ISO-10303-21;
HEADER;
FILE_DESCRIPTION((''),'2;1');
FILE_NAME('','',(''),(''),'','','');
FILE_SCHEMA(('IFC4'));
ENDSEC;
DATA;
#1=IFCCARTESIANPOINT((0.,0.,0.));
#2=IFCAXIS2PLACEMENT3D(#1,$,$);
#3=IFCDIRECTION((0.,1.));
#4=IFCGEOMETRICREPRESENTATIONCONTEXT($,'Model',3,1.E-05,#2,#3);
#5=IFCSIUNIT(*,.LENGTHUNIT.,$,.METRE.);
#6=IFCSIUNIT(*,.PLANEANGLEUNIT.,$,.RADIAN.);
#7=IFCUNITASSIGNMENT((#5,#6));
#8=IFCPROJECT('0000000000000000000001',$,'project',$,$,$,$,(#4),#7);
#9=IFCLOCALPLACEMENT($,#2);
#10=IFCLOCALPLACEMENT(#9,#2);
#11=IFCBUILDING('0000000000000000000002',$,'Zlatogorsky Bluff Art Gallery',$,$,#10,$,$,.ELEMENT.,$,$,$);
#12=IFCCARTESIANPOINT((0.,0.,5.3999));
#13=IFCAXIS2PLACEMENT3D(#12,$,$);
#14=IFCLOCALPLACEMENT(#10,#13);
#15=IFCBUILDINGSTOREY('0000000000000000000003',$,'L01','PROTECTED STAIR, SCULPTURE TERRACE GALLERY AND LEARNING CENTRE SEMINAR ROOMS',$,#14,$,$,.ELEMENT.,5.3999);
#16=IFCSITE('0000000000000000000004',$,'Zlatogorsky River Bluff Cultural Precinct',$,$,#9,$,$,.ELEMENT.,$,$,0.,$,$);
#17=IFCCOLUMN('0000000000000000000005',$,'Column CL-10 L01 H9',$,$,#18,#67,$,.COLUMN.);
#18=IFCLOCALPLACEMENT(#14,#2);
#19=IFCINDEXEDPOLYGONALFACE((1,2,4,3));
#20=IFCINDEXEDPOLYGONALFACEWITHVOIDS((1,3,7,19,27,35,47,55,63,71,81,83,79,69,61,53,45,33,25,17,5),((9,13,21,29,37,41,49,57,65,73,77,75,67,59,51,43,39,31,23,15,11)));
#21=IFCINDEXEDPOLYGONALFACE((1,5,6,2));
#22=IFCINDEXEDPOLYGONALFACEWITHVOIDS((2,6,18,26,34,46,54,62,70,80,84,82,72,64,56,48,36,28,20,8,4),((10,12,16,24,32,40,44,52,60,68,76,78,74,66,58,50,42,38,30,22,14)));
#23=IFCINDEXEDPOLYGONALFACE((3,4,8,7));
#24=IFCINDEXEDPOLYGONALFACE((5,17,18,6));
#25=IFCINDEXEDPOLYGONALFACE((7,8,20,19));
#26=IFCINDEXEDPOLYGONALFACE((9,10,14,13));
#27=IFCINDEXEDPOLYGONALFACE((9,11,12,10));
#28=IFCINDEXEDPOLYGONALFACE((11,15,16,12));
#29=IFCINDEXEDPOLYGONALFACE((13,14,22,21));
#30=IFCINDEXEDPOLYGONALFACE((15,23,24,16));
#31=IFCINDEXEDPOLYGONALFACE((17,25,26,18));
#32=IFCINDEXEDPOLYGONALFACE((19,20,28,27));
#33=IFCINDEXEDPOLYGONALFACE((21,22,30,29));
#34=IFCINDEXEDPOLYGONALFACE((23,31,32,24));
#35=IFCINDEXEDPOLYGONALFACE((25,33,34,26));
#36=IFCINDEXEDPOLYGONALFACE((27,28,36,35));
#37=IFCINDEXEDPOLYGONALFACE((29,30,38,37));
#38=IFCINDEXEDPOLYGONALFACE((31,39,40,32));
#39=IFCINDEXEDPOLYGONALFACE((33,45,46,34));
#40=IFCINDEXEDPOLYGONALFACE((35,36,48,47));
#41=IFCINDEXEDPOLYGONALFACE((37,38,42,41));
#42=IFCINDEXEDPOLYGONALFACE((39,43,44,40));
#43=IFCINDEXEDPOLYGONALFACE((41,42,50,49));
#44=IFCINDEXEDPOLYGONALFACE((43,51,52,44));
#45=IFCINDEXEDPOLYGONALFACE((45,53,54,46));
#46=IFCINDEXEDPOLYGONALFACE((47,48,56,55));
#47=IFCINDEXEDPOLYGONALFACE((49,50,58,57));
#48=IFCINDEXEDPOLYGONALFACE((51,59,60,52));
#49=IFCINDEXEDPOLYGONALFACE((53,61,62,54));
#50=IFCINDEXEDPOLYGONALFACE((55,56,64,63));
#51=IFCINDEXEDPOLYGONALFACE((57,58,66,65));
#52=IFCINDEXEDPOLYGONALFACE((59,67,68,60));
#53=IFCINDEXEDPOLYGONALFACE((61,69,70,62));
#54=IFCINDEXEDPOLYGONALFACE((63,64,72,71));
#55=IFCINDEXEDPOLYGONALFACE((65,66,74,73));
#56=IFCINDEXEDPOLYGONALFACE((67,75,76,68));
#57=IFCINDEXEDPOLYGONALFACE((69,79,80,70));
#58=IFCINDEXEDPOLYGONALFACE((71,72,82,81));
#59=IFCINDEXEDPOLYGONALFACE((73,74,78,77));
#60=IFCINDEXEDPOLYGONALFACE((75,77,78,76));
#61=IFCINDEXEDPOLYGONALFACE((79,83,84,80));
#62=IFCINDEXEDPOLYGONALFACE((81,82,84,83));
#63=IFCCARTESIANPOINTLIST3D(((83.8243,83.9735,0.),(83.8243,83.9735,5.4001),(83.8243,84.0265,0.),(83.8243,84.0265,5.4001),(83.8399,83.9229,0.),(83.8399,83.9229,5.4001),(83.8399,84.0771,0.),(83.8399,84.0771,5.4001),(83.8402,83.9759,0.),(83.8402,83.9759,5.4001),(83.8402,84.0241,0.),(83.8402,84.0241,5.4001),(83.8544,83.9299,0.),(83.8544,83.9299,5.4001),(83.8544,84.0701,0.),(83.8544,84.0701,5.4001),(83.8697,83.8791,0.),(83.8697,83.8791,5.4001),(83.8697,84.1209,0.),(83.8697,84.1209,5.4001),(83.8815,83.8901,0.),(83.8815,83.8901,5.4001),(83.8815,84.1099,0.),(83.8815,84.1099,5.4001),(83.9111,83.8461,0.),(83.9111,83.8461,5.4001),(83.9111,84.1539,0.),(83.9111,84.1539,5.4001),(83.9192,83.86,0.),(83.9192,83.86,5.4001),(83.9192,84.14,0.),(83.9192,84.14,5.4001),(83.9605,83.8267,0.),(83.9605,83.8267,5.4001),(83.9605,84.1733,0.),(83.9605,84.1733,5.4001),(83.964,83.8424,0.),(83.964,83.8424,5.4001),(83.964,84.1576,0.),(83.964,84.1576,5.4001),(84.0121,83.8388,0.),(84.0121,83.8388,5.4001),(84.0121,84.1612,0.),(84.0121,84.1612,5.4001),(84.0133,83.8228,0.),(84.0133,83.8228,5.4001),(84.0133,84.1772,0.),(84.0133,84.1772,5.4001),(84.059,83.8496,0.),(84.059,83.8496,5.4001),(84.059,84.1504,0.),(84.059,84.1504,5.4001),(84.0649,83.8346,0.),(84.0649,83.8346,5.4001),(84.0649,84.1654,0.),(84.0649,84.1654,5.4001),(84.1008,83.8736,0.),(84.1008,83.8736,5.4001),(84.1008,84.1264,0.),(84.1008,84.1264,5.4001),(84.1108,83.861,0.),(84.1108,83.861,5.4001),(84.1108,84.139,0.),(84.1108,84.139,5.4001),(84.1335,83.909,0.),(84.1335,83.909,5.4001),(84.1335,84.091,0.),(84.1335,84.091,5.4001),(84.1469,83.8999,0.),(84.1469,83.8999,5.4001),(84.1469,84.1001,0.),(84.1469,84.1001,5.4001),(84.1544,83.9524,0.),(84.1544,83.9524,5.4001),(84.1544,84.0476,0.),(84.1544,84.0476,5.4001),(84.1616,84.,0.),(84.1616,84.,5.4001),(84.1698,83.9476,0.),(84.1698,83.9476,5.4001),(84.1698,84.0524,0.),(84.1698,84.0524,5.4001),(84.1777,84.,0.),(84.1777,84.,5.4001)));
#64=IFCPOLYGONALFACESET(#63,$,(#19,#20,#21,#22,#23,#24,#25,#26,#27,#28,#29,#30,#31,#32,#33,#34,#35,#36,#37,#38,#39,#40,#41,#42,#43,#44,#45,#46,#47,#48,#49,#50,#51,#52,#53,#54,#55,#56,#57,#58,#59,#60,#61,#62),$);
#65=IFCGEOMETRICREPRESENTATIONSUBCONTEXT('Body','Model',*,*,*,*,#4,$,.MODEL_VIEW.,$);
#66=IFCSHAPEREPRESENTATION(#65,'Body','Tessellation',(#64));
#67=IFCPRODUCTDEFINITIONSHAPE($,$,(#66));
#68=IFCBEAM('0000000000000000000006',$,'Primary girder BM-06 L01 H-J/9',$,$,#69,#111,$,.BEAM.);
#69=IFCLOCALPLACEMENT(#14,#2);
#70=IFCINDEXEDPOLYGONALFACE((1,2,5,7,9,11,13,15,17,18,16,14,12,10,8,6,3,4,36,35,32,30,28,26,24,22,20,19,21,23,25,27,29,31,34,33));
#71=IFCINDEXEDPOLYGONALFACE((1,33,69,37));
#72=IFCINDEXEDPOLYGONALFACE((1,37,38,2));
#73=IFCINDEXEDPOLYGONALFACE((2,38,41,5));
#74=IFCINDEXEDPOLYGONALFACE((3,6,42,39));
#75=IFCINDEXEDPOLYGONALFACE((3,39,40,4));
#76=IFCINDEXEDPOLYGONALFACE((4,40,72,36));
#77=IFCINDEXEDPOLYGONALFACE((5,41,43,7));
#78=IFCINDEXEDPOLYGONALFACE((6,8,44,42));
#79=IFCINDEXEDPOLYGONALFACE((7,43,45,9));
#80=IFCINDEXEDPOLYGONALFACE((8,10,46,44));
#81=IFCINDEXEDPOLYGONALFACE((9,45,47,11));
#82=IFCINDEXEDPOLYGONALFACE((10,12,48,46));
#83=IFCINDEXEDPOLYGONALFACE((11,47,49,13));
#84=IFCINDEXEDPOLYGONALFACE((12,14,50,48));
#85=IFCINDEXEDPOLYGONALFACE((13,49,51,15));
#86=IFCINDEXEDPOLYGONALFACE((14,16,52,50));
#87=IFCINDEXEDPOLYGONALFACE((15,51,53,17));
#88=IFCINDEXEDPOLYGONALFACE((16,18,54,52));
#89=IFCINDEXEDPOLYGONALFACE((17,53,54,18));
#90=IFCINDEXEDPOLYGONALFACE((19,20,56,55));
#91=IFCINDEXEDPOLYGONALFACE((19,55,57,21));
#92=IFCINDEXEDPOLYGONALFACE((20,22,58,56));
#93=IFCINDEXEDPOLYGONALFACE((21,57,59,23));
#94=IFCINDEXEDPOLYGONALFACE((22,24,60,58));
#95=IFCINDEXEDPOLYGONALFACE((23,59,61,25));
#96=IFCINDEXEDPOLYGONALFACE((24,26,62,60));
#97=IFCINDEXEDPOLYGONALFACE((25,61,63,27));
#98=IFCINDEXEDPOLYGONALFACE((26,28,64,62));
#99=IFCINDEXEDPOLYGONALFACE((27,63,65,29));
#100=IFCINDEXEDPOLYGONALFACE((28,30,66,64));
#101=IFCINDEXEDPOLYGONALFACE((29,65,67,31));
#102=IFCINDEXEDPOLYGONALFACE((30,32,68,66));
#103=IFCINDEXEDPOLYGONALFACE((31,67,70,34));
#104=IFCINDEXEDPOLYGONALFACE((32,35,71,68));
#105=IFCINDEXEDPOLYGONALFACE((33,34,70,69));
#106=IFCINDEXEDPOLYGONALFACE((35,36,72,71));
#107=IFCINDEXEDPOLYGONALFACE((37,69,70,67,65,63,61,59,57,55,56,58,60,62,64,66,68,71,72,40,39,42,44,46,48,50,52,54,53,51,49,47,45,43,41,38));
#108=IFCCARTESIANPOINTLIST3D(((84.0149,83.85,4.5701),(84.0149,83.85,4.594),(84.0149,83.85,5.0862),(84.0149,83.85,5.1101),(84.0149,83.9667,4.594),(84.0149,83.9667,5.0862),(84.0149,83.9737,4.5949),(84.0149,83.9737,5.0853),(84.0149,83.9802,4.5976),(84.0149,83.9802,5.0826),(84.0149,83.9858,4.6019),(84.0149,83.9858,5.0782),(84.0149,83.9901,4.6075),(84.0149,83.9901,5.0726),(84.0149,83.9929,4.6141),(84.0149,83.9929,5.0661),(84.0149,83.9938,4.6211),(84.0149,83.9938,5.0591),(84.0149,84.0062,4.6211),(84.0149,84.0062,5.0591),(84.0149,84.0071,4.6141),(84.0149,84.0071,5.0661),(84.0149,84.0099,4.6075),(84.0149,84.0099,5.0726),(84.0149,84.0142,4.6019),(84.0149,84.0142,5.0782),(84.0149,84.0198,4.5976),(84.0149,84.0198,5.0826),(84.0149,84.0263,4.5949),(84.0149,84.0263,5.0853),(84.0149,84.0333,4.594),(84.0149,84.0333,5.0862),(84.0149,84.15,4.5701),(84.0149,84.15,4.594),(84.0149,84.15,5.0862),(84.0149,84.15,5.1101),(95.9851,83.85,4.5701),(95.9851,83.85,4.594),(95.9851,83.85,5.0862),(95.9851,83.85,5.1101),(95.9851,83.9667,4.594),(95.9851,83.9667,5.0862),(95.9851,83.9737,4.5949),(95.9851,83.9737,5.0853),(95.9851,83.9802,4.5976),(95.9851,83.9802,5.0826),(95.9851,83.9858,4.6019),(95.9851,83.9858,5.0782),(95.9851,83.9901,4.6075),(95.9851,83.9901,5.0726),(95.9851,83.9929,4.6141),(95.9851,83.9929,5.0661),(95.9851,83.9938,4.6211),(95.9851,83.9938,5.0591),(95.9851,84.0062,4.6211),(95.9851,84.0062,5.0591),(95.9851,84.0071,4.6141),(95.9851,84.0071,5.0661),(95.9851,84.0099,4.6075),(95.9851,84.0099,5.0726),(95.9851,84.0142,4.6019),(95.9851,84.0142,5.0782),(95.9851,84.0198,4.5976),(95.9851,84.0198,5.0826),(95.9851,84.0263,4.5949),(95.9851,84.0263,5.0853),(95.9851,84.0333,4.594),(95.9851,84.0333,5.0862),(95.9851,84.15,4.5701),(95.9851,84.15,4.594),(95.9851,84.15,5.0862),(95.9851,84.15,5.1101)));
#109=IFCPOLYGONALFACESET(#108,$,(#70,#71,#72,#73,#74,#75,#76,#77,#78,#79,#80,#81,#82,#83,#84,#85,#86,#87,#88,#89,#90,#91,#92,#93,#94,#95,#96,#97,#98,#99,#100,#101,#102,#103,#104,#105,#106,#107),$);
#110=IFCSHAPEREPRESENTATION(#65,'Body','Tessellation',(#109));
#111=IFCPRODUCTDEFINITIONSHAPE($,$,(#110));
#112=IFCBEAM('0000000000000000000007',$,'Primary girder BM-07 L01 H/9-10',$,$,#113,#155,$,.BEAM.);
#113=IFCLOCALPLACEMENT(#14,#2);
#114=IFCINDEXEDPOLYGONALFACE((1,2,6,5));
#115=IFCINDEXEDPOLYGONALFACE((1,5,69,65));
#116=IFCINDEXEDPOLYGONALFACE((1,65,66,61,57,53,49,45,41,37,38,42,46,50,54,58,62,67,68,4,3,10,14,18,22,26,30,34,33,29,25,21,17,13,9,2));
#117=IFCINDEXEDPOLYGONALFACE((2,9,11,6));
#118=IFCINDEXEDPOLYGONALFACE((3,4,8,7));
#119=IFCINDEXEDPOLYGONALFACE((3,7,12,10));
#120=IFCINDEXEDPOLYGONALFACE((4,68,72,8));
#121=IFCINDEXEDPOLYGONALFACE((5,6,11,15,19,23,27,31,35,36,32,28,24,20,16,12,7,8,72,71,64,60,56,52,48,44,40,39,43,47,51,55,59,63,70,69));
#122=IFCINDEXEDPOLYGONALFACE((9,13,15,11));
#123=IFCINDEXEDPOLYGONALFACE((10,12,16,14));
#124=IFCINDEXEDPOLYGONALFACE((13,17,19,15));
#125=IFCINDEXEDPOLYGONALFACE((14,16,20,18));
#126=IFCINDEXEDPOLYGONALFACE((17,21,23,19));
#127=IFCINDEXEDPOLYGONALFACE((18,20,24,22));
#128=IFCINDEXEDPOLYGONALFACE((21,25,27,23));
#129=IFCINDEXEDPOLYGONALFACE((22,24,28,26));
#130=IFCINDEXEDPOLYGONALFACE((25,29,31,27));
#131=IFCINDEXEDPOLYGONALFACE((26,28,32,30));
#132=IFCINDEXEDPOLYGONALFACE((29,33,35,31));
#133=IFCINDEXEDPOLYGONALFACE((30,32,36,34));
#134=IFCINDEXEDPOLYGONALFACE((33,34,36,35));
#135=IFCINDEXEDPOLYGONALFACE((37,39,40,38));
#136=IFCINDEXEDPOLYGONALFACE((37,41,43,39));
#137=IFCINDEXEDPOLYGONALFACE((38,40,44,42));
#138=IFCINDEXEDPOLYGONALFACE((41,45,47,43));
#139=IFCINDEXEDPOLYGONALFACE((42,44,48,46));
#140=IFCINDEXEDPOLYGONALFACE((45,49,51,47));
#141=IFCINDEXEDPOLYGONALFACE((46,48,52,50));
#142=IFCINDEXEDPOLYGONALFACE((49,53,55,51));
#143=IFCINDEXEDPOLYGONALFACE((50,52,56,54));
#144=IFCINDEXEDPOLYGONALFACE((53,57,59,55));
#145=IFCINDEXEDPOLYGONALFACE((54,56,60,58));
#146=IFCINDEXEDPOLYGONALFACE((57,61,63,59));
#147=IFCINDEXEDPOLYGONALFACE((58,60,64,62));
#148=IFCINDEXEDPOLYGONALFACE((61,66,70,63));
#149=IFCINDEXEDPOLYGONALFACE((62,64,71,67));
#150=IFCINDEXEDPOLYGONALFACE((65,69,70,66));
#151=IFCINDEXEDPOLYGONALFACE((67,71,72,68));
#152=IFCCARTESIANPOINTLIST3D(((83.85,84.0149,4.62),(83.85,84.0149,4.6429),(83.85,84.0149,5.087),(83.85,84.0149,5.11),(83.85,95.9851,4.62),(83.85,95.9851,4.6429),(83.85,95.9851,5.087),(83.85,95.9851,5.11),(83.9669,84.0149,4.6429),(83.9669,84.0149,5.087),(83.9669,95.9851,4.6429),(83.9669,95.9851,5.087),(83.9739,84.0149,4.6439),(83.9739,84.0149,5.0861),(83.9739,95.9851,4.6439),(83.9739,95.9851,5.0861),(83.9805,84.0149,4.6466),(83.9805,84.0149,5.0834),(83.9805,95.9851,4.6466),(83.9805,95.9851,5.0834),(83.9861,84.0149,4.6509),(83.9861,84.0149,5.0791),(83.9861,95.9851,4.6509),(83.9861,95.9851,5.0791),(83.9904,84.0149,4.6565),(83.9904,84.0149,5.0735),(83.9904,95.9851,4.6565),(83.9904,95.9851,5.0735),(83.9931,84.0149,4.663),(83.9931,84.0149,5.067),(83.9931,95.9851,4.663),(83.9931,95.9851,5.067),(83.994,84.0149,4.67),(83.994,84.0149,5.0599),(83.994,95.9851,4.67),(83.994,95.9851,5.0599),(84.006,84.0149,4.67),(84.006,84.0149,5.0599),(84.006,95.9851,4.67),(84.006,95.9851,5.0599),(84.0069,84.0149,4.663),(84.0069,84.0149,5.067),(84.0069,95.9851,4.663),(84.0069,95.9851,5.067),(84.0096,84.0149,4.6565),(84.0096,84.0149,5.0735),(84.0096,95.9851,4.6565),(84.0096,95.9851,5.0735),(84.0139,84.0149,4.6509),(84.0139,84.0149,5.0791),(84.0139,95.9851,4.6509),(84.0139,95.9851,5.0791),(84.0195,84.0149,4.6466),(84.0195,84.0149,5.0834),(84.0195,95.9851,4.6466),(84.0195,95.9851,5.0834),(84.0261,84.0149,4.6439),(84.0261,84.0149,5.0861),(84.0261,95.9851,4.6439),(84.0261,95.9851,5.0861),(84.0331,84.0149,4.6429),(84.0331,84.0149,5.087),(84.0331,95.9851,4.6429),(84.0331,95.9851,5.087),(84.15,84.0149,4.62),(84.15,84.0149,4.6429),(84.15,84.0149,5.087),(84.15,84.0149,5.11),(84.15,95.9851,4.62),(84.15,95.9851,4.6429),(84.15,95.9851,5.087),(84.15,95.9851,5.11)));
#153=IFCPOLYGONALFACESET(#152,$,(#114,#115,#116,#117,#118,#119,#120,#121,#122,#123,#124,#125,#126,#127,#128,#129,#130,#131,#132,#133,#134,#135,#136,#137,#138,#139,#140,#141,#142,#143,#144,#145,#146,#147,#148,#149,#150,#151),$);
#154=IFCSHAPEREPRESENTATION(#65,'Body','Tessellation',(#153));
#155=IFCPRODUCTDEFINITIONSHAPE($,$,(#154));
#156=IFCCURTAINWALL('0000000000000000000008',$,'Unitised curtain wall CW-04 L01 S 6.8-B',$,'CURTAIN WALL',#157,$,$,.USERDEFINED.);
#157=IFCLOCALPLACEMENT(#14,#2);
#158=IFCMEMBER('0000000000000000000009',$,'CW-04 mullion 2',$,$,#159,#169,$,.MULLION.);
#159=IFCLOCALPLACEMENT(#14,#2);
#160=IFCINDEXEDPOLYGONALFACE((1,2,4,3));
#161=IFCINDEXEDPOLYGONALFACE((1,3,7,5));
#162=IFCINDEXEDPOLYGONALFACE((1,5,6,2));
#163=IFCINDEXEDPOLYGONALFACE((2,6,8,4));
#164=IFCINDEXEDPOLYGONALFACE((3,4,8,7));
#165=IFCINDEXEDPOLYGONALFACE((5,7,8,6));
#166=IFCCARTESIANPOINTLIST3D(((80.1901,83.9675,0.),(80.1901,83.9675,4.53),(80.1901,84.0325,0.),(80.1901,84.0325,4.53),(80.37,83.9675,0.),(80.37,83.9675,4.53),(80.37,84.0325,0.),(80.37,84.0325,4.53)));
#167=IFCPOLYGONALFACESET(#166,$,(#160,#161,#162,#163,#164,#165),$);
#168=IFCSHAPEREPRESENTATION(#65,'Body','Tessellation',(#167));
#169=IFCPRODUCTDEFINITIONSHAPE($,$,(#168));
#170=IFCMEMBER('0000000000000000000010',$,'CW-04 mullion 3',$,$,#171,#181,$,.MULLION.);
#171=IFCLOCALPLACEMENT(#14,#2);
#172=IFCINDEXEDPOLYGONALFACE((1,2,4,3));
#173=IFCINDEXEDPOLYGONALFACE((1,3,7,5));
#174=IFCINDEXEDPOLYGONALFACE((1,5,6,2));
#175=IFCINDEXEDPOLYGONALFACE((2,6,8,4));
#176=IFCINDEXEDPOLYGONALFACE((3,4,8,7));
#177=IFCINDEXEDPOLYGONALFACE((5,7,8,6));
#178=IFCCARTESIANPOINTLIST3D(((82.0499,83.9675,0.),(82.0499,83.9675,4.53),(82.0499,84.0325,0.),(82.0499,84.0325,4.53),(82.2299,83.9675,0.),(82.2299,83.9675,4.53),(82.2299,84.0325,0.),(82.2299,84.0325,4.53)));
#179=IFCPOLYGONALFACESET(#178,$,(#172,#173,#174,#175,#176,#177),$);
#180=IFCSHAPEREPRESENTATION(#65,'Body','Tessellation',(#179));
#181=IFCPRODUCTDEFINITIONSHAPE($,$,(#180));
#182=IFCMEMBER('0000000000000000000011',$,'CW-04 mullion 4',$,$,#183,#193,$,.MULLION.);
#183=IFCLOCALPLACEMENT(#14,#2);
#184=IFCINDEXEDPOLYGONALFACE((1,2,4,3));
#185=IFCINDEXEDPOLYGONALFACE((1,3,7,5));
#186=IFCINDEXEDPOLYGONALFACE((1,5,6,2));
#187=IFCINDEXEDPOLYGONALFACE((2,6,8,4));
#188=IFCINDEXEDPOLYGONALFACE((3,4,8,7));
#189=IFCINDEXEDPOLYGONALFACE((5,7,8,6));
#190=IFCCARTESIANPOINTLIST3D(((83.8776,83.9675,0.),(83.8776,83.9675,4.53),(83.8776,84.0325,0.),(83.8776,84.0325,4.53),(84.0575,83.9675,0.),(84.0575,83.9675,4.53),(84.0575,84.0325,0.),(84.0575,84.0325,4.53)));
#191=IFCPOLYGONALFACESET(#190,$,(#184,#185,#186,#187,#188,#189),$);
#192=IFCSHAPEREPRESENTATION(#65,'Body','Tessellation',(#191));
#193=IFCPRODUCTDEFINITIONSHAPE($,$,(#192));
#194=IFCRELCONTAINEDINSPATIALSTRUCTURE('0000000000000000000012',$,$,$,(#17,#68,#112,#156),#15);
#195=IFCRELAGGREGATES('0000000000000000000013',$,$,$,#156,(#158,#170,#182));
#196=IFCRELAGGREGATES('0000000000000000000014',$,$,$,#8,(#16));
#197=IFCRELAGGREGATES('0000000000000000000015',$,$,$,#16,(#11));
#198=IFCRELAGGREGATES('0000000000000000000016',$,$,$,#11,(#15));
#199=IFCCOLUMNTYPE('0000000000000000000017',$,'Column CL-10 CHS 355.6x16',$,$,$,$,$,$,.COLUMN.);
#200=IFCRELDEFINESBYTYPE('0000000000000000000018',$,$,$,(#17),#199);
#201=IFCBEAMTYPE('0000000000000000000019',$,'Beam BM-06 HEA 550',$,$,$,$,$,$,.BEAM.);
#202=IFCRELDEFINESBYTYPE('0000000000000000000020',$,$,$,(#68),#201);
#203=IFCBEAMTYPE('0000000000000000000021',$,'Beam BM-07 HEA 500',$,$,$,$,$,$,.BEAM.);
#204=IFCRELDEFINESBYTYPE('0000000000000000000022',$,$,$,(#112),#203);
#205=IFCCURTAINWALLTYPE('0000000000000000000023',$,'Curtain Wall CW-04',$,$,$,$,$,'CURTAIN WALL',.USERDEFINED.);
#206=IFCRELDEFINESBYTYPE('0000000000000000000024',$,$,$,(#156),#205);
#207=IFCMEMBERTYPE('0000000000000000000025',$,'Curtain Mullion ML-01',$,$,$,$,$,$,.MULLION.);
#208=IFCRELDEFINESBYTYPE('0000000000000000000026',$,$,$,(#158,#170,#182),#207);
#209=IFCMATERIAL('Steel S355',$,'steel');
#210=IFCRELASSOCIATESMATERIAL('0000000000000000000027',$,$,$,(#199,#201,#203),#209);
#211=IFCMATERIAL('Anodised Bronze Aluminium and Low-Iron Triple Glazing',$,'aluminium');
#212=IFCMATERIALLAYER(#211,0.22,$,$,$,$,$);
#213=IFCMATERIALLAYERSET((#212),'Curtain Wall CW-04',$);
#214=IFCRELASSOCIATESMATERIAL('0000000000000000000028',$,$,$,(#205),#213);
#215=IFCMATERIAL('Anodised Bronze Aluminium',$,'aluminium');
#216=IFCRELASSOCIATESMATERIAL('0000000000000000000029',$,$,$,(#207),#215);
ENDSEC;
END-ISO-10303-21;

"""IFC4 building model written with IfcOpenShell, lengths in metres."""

from ifc_helpers import new_model, si_unit, direction, frame, origin, origin_2d, place, context, subcontext, project, spatial, rectangle, hollow_circle, i_section, extrude, material, layer, layer_set, material_profile, profile_set, type_object, element, aggregate, save


model = new_model("IFC4")

# Units and contexts
model_context = context("Model", 3, precision=1e-05, world=origin(), true_north=direction((0.0, 1.0)))
body_context = subcontext(model_context, "Body", "Model", "MODEL_VIEW")
ifc_project = project(units=[si_unit("LENGTHUNIT", "METRE"), si_unit("PLANEANGLEUNIT", "RADIAN")], contexts=[model_context])

# Site, building, storey
site_placement = place(None, origin())
site = spatial("IfcSite", under=ifc_project, at=site_placement, Name="Zlatogorsky River Bluff Cultural Precinct", CompositionType="ELEMENT", RefElevation=0.0)
building_placement = place(site_placement, origin())
building = spatial("IfcBuilding", under=site, at=building_placement, Name="Zlatogorsky Bluff Art Gallery", CompositionType="ELEMENT")
storey_placement = place(building_placement, frame((0.0, 0.0, 5.3999)))
storey = spatial("IfcBuildingStorey", under=building, at=storey_placement, Name="L01", Description="PROTECTED STAIR, SCULPTURE TERRACE GALLERY AND LEARNING CENTRE SEMINAR ROOMS", CompositionType="ELEMENT", Elevation=5.3999)

# Column
ifc_material_1 = material(Name="Steel S355", Category="steel")
ifc_material_profile_1 = material_profile(ifc_material_1, hollow_circle(Radius=0.1777, WallThickness=0.0161, at=origin_2d()), Name="CHS 355.6x16")
ifc_profile_set_1 = profile_set([ifc_material_profile_1], Name="Steel S355")
column_type = type_object("IfcColumnType", Name="Column CL-10 CHS 355.6x16", PredefinedType="COLUMN", material=ifc_profile_set_1)
column_placement = place(storey_placement, frame((84.0, 84.0, 0.0), z_axis=(0.0, 0.0, 1.0), x_axis=(1.0, 0.0, 0.0)))
element("IfcColumn", 1, at=column_placement, inside=storey, type_object=column_type, Name="Column CL-10 L01 H9", PredefinedType="COLUMN", context=body_context, shape_type="SweptSolid", body=[
    extrude(hollow_circle(Radius=0.1777, WallThickness=0.0161, at=origin_2d()), origin(), (0.0, 0.0, 1.0), 5.4001),
])

# Beams
ifc_material_profile_2 = material_profile(ifc_material_1, i_section(OverallWidth=0.3, OverallDepth=0.54, WebThickness=0.0125, FlangeThickness=0.0239, FilletRadius=0.0271, at=origin_2d()), Name="HEA 550")
ifc_profile_set_2 = profile_set([ifc_material_profile_2], Name="Steel S355")
beam_type_1 = type_object("IfcBeamType", Name="Beam BM-06 HEA 550", PredefinedType="BEAM", material=ifc_profile_set_2)
beam_1_placement = place(storey_placement, frame((84.0149, 84.0, 4.8401), z_axis=(1.0, 0.0, 0.0), x_axis=(0.0, 1.0, 0.0)))
element("IfcBeam", 2, at=beam_1_placement, inside=storey, type_object=beam_type_1, Name="Primary girder BM-06 L01 H-J/9", PredefinedType="BEAM", context=body_context, shape_type="SweptSolid", body=[
    extrude(i_section(OverallWidth=0.3, OverallDepth=0.54, WebThickness=0.0125, FlangeThickness=0.0239, FilletRadius=0.0271, at=origin_2d()), origin(), (0.0, 0.0, 1.0), 11.9702),
])
ifc_material_profile_3 = material_profile(ifc_material_1, i_section(OverallWidth=0.3, OverallDepth=0.49, WebThickness=0.012, FlangeThickness=0.0229, FilletRadius=0.0271, at=origin_2d()), Name="HEA 500")
ifc_profile_set_3 = profile_set([ifc_material_profile_3], Name="Steel S355")
beam_type_2 = type_object("IfcBeamType", Name="Beam BM-07 HEA 500", PredefinedType="BEAM", material=ifc_profile_set_3)
beam_2_placement = place(storey_placement, frame((84.0, 84.0149, 4.865), z_axis=(0.0, 1.0, 0.0), x_axis=(-1.0, 0.0, 0.0)))
element("IfcBeam", 3, at=beam_2_placement, inside=storey, type_object=beam_type_2, Name="Primary girder BM-07 L01 H/9-10", PredefinedType="BEAM", context=body_context, shape_type="SweptSolid", body=[
    extrude(i_section(OverallWidth=0.3, OverallDepth=0.49, WebThickness=0.012, FlangeThickness=0.0229, FilletRadius=0.0271, at=origin_2d()), origin(), (0.0, 0.0, 1.0), 11.9702),
])

# Curtain wall, members
ifc_material_2 = material(Name="Anodised Bronze Aluminium and Low-Iron Triple Glazing", Category="aluminium")
ifc_layer_1 = layer(ifc_material_2, 0.22)
ifc_layer_set_1 = layer_set([ifc_layer_1], Name="Curtain Wall CW-04")
curtain_wall_type = type_object("IfcCurtainWallType", Name="Curtain Wall CW-04", ElementType="CURTAIN WALL", PredefinedType="USERDEFINED", material=ifc_layer_set_1)
curtain_wall_1_placement = place(storey_placement, origin())
curtain_wall_1 = element("IfcCurtainWall", 4, at=curtain_wall_1_placement, inside=storey, type_object=curtain_wall_type, Name="Unitised curtain wall CW-04 L01 S 6.8-B", ObjectType="CURTAIN WALL", PredefinedType="USERDEFINED")
ifc_material_3 = material(Name="Anodised Bronze Aluminium", Category="aluminium")
ifc_material_profile_4 = material_profile(ifc_material_3, rectangle(XDim=0.0649, YDim=0.1799, at=origin_2d()), Name="ALU MULLION 65x180")
ifc_profile_set_4 = profile_set([ifc_material_profile_4], Name="Anodised Bronze Aluminium")
member_type_1 = type_object("IfcMemberType", Name="Curtain Mullion ML-01", PredefinedType="MULLION", material=ifc_profile_set_4)
member_1_placement = place(storey_placement, frame((80.28, 84.0, 0.0), z_axis=(0.0, 0.0, 1.0), x_axis=(0.0, 1.0, 0.0)))
member_1 = element("IfcMember", 5, at=member_1_placement, type_object=member_type_1, Name="CW-04 mullion 2", PredefinedType="MULLION", context=body_context, shape_type="SweptSolid", body=[
    extrude(rectangle(XDim=0.0649, YDim=0.1799, at=origin_2d()), origin(), (0.0, 0.0, 1.0), 4.53),
])
member_2_placement = place(storey_placement, frame((82.1399, 84.0, 0.0), z_axis=(0.0, 0.0, 1.0), x_axis=(0.0, 1.0, 0.0)))
member_2 = element("IfcMember", 6, at=member_2_placement, type_object=member_type_1, Name="CW-04 mullion 3", PredefinedType="MULLION", context=body_context, shape_type="SweptSolid", body=[
    extrude(rectangle(XDim=0.0649, YDim=0.1799, at=origin_2d()), origin(), (0.0, 0.0, 1.0), 4.53),
])
member_3_placement = place(storey_placement, frame((83.9675, 84.0, 0.0), z_axis=(0.0, 0.0, 1.0), x_axis=(0.0, 1.0, 0.0)))
member_3 = element("IfcMember", 7, at=member_3_placement, type_object=member_type_1, Name="CW-04 mullion 4", PredefinedType="MULLION", context=body_context, shape_type="SweptSolid", body=[
    extrude(rectangle(XDim=0.0649, YDim=0.1799, at=origin_2d()), origin(), (0.0, 0.0, 1.0), 4.53),
])

aggregate(curtain_wall_1, [member_1, member_2, member_3])

save(model, "model.ifc")
